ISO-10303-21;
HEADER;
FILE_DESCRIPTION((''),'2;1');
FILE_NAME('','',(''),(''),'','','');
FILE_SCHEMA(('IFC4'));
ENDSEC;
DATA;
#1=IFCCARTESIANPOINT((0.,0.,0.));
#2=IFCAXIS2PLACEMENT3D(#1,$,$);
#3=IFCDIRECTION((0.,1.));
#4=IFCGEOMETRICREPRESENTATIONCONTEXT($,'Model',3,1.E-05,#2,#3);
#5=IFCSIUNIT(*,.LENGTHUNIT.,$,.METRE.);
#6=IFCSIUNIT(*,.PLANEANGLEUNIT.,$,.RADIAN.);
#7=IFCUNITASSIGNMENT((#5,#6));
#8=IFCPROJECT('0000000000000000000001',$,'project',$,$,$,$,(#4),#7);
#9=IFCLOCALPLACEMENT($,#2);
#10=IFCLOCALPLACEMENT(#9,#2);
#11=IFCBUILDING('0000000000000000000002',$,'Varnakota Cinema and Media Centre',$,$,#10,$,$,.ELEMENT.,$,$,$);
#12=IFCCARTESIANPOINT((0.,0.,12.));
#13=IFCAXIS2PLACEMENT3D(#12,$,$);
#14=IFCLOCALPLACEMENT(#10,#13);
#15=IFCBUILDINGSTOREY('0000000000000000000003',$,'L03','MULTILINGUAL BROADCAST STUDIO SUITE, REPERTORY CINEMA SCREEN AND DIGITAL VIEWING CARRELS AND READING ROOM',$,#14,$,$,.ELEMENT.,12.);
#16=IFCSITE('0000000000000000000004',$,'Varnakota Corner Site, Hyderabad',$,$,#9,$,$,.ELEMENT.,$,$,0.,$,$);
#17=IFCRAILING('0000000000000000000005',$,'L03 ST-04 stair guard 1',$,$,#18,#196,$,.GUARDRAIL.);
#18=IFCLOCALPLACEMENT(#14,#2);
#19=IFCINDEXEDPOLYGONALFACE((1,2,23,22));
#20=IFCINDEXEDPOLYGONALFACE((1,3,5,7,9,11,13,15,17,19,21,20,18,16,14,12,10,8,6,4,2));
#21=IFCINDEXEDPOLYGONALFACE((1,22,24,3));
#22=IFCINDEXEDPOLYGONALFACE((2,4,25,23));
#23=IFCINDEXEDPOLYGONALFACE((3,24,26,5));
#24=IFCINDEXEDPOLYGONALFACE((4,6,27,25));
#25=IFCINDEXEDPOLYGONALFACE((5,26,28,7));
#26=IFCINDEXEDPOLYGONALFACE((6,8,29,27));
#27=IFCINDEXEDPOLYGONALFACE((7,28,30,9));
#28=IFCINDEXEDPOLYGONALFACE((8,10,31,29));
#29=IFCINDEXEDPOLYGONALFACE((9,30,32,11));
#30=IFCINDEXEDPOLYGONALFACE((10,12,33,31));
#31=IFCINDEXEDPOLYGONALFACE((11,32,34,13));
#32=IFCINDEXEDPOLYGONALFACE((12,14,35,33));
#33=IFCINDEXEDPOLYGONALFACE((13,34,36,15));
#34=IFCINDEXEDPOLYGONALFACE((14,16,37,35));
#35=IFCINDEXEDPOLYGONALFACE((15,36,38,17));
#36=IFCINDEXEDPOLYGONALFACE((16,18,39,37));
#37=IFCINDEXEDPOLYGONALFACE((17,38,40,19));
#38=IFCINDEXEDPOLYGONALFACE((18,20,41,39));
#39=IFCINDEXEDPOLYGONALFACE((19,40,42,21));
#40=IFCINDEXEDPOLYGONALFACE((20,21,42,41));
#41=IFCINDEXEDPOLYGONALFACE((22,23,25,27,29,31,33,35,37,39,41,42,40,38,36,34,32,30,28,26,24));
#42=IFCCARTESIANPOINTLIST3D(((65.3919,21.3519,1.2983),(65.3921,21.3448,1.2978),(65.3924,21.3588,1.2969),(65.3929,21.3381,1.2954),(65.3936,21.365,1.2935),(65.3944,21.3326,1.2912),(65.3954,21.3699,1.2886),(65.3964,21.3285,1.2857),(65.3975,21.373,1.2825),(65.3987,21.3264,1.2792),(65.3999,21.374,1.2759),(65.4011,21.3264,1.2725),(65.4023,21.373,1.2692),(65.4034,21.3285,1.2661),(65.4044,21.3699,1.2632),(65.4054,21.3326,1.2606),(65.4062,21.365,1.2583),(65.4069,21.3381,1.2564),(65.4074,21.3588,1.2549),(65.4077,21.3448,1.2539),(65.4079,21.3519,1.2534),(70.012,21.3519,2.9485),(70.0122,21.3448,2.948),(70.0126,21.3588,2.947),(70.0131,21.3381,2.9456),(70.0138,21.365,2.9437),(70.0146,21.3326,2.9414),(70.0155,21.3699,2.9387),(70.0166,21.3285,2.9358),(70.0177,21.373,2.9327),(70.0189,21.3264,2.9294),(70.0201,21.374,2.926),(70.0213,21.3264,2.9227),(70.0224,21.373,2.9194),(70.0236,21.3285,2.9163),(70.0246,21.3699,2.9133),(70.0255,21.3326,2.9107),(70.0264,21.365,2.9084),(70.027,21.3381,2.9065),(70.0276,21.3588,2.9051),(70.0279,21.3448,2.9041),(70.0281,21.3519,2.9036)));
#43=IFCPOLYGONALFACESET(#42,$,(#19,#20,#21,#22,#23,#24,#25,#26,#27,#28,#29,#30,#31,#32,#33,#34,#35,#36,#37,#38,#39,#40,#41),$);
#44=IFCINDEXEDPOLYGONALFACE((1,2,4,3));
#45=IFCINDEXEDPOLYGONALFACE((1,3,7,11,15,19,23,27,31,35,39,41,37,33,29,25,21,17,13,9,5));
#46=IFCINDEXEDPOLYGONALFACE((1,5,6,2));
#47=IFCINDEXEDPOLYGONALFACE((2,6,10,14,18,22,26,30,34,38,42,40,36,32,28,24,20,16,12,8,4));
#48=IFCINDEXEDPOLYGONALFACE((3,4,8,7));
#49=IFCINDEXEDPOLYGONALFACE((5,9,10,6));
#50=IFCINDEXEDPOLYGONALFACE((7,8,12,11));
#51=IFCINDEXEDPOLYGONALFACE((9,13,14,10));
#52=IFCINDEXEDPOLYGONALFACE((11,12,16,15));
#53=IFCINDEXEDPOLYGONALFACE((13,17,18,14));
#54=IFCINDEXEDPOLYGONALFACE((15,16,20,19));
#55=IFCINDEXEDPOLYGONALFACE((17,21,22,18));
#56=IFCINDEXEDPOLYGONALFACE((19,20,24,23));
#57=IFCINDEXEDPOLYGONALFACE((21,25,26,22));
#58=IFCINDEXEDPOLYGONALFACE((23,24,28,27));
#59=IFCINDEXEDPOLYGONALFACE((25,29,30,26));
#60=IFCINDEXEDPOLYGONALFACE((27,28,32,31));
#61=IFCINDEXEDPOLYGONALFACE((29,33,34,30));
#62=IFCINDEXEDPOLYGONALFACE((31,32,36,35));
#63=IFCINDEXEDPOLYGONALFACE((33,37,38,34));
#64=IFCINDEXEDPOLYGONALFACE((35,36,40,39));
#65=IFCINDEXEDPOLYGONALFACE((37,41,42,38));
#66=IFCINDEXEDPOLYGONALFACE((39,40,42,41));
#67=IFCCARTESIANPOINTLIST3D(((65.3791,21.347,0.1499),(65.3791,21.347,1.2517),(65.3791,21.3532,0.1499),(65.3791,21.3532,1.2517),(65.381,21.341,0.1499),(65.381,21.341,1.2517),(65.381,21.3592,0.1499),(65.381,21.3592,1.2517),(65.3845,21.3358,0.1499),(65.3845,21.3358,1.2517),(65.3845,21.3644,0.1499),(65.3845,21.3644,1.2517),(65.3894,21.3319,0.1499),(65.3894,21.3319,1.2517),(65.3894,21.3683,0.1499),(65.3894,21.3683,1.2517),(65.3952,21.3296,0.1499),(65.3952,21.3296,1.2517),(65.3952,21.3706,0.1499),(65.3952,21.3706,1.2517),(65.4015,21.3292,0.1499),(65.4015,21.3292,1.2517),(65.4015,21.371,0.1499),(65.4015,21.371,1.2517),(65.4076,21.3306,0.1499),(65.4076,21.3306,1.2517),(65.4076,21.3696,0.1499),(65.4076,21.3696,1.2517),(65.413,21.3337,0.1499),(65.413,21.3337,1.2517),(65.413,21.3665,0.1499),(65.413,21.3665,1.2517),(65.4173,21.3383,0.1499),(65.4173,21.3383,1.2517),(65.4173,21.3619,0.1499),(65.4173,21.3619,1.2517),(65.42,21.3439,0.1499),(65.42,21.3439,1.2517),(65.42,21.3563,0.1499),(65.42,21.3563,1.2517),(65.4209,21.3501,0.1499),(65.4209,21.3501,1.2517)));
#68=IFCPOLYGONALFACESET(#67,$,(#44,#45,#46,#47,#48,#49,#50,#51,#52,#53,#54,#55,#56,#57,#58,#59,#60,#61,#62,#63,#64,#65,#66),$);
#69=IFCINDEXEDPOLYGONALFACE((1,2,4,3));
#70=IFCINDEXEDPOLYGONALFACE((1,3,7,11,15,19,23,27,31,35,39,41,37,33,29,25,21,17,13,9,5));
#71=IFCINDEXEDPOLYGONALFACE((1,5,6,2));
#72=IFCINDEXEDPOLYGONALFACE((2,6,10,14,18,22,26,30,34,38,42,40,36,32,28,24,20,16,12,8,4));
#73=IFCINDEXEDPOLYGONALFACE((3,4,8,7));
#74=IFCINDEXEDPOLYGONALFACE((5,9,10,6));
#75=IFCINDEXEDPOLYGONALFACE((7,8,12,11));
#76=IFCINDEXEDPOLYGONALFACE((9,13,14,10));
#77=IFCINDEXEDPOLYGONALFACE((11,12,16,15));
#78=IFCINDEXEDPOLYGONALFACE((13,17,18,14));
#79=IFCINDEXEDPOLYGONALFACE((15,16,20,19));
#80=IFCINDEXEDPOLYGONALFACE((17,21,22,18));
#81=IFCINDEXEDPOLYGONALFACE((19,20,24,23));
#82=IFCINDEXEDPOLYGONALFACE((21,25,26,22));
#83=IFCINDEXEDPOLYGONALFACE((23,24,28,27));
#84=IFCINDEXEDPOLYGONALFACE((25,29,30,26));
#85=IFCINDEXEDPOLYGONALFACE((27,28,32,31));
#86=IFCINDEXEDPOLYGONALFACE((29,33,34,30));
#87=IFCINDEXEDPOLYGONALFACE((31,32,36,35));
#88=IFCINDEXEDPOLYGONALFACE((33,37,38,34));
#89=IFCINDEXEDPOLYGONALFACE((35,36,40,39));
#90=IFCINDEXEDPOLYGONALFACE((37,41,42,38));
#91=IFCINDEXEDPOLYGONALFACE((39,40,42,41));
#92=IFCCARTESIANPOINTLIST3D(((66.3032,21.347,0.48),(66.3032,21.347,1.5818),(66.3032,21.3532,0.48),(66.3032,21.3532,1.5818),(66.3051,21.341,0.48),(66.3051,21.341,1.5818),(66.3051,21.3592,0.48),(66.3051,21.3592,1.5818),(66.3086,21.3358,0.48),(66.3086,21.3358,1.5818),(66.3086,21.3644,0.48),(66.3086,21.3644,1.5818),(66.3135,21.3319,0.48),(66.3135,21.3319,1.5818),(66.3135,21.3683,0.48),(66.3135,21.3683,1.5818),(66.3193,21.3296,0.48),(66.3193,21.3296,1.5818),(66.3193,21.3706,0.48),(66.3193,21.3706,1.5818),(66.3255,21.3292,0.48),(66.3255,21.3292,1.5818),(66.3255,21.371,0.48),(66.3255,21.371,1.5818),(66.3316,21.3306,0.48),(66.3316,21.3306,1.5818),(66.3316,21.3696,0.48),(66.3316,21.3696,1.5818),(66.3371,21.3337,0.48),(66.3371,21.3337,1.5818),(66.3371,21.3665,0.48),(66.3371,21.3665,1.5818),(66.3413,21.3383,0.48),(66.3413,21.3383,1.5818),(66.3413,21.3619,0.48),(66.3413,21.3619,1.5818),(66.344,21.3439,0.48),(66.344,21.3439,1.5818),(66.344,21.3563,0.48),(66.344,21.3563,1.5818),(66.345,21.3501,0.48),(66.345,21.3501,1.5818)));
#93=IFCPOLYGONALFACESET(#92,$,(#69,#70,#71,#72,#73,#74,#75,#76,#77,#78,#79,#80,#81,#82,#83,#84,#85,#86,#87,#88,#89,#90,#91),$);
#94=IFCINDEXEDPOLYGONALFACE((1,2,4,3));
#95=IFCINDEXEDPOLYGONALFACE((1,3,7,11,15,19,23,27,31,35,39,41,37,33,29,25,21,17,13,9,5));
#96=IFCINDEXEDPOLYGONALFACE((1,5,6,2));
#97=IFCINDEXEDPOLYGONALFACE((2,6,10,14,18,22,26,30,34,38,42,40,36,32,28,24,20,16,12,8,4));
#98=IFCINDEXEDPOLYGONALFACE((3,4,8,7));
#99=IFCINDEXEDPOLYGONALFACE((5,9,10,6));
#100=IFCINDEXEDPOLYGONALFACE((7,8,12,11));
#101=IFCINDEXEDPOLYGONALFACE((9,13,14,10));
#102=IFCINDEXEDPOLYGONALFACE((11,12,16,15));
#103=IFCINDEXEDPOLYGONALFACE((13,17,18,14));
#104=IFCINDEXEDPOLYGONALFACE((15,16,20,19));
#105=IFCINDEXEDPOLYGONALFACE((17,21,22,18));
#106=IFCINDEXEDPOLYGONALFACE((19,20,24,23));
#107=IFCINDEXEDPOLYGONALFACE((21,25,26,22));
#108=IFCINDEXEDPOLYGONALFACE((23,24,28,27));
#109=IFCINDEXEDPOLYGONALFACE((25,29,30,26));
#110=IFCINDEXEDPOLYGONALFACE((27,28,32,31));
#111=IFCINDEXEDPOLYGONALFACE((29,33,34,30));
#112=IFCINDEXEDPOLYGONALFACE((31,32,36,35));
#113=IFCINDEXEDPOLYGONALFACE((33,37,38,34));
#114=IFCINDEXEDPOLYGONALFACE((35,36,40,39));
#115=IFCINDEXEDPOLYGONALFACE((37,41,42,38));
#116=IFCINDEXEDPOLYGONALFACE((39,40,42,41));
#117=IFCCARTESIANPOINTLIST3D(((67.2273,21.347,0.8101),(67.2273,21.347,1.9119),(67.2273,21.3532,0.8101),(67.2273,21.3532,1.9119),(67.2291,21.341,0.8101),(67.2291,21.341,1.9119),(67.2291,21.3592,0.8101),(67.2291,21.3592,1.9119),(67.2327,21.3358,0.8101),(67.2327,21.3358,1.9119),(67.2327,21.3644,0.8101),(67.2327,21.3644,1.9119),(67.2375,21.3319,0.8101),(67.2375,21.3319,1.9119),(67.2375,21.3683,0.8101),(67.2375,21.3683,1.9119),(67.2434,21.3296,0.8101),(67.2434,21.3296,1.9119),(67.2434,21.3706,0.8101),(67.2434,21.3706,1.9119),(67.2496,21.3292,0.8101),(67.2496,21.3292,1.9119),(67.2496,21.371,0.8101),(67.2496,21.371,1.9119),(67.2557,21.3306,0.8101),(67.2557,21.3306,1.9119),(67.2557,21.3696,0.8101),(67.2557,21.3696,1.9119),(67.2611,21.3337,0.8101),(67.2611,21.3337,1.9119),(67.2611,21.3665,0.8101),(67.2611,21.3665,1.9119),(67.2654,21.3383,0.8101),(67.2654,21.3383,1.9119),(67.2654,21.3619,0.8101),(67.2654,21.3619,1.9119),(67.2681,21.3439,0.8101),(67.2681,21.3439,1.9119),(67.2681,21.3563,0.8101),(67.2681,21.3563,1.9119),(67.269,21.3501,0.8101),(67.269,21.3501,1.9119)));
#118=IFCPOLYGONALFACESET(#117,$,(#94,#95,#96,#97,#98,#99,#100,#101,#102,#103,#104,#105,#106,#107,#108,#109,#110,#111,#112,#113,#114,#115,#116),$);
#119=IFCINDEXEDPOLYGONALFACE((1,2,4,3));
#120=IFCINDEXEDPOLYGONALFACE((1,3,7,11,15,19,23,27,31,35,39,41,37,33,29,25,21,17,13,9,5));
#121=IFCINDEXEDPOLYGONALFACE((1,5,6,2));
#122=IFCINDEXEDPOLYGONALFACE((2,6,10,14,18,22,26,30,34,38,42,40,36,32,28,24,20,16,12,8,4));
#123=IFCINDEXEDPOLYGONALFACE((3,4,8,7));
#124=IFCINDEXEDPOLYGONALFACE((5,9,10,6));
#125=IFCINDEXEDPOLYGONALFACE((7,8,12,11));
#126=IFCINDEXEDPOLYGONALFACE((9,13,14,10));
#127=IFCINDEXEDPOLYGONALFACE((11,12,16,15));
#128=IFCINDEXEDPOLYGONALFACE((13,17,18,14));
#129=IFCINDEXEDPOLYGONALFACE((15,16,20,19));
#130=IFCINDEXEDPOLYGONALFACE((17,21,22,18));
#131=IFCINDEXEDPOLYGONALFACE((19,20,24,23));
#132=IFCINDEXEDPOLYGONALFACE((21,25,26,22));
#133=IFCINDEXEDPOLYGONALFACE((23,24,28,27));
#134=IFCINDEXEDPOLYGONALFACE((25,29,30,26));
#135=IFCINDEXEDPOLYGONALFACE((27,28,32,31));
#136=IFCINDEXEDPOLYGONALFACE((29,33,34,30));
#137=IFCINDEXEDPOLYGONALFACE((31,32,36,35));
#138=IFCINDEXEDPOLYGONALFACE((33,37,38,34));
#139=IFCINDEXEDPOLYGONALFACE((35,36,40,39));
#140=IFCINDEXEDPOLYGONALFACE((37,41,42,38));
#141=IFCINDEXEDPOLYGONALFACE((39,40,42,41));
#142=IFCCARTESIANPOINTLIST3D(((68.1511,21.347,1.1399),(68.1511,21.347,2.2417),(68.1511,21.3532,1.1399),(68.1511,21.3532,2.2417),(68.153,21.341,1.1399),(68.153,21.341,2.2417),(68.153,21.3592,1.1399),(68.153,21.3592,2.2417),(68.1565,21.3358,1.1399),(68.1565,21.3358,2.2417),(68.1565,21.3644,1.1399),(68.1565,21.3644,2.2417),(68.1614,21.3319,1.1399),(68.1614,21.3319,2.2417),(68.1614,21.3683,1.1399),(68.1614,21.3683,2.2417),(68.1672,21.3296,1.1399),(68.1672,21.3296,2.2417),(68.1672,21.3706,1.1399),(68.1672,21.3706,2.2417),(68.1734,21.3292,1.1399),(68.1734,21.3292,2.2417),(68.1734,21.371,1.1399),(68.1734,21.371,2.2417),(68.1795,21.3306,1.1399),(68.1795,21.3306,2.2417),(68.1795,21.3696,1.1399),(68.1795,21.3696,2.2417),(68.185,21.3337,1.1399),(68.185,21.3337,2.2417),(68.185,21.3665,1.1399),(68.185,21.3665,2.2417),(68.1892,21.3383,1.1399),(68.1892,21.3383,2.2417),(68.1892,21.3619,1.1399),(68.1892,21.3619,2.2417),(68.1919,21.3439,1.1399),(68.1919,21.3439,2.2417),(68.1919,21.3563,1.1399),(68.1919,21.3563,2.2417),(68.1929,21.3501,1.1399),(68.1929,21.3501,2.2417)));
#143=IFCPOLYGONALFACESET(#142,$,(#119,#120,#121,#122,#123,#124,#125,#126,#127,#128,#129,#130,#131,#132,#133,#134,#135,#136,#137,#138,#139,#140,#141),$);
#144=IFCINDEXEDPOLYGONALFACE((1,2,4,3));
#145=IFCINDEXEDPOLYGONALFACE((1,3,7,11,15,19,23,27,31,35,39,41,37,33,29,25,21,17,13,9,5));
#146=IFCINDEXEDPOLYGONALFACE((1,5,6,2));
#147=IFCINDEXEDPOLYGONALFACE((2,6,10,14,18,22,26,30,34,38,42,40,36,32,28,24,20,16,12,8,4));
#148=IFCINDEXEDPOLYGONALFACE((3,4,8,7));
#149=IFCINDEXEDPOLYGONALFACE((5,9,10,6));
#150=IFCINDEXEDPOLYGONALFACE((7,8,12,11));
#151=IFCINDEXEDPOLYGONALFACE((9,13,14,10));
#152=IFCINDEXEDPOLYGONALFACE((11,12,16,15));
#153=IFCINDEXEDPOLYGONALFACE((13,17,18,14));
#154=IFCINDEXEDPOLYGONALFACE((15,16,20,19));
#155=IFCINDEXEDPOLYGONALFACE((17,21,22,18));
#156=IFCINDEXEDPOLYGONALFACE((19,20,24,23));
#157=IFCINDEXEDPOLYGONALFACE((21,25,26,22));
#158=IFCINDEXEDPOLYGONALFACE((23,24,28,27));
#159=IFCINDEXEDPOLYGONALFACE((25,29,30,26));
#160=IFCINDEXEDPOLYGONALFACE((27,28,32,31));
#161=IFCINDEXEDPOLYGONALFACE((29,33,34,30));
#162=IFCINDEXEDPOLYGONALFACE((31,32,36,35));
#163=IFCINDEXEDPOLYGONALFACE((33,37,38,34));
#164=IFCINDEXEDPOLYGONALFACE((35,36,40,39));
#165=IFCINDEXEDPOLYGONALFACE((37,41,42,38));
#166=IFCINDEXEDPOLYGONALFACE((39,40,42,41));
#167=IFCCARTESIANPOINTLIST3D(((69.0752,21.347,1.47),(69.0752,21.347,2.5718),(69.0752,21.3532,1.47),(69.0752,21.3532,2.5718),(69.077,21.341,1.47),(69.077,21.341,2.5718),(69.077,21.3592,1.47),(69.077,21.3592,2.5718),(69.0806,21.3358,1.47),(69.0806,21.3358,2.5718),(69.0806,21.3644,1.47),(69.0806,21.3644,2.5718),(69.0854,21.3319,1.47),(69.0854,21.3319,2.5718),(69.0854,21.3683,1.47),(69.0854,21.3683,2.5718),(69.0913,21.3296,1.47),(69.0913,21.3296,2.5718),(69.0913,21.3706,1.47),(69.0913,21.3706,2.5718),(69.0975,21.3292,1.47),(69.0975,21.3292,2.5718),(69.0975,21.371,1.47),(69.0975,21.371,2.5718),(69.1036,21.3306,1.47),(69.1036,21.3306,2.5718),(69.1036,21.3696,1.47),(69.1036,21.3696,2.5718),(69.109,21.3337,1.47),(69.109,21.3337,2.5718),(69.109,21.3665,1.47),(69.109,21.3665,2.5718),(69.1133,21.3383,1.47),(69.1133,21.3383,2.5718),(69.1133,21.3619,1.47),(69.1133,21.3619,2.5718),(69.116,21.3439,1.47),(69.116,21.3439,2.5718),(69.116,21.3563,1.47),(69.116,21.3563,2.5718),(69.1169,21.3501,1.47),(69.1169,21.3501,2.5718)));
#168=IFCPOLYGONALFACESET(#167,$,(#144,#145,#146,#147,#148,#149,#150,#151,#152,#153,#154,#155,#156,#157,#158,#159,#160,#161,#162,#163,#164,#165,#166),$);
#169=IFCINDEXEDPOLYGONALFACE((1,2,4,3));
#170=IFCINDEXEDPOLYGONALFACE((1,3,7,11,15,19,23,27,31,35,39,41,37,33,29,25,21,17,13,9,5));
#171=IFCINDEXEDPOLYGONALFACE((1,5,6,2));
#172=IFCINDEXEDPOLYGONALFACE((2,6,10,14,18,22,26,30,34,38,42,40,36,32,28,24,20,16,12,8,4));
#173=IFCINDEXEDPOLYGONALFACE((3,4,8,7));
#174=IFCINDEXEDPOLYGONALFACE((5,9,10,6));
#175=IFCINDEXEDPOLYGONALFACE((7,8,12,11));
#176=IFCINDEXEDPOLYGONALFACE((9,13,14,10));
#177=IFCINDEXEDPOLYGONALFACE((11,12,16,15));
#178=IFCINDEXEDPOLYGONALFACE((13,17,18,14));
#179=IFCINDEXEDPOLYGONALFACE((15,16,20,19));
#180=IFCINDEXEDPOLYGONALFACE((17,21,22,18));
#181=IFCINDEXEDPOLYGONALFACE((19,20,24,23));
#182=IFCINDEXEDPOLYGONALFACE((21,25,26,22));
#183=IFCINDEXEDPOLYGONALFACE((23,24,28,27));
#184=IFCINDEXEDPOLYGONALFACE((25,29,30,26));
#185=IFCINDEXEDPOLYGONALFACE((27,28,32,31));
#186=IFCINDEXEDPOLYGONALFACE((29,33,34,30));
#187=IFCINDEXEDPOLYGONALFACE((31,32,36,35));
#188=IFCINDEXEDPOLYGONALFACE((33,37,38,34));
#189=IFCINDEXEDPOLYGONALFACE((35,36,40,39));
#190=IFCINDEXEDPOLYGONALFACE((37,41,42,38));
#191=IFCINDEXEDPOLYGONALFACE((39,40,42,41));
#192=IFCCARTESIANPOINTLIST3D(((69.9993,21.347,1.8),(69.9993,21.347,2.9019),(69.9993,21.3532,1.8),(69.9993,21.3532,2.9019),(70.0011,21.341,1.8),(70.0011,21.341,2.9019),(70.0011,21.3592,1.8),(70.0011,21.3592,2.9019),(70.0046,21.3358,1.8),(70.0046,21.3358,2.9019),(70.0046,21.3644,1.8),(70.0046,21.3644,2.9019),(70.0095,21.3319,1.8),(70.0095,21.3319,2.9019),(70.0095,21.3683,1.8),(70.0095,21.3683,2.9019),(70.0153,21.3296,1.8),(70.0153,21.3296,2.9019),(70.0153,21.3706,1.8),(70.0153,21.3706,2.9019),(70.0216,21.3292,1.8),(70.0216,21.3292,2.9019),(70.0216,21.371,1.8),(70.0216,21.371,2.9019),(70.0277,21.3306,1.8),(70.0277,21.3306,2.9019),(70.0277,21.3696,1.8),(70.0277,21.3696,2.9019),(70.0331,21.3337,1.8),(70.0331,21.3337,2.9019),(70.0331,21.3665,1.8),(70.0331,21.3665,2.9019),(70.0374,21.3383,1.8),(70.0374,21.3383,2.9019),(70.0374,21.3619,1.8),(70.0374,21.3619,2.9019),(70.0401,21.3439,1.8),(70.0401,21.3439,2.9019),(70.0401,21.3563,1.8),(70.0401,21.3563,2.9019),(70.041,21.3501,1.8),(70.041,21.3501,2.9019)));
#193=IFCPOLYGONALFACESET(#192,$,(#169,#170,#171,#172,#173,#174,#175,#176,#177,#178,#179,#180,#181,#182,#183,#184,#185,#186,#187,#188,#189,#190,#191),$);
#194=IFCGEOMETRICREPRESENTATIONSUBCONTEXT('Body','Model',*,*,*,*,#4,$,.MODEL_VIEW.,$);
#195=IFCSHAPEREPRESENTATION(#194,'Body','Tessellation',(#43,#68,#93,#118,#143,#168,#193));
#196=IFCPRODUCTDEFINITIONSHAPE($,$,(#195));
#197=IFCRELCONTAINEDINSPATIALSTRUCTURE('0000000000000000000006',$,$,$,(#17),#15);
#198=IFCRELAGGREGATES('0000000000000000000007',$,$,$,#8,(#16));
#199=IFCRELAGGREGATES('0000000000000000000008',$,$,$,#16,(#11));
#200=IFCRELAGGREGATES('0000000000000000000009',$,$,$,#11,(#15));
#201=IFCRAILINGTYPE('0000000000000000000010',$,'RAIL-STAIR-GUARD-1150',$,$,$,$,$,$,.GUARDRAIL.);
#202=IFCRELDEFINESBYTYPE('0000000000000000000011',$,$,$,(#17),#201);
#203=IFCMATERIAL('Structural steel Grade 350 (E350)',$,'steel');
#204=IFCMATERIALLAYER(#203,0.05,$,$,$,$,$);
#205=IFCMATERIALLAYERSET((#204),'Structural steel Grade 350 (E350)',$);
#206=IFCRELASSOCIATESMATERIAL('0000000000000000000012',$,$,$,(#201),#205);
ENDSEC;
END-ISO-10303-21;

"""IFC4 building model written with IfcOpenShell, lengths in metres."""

from ifc_helpers import new_model, si_unit, direction, frame, origin, origin_2d, place, context, subcontext, project, spatial, circle, extrude, material, layer, layer_set, type_object, element, save


model = new_model("IFC4")

# Units and contexts
model_context = context("Model", 3, precision=1e-05, world=origin(), true_north=direction((0.0, 1.0)))
body_context = subcontext(model_context, "Body", "Model", "MODEL_VIEW")
ifc_project = project(units=[si_unit("LENGTHUNIT", "METRE"), si_unit("PLANEANGLEUNIT", "RADIAN")], contexts=[model_context])

# Site, building, storey
site_placement = place(None, origin())
site = spatial("IfcSite", under=ifc_project, at=site_placement, Name="Varnakota Corner Site, Hyderabad", CompositionType="ELEMENT", RefElevation=0.0)
building_placement = place(site_placement, origin())
building = spatial("IfcBuilding", under=site, at=building_placement, Name="Varnakota Cinema and Media Centre", CompositionType="ELEMENT")
storey_placement = place(building_placement, frame((0.0, 0.0, 12.0)))
storey = spatial("IfcBuildingStorey", under=building, at=storey_placement, Name="L03", Description="MULTILINGUAL BROADCAST STUDIO SUITE, REPERTORY CINEMA SCREEN AND DIGITAL VIEWING CARRELS AND READING ROOM", CompositionType="ELEMENT", Elevation=12.0)

# Railing
ifc_material_1 = material(Name="Structural steel Grade 350 (E350)", Category="steel")
ifc_layer_1 = layer(ifc_material_1, 0.05)
ifc_layer_set_1 = layer_set([ifc_layer_1], Name="Structural steel Grade 350 (E350)")
railing_type_1 = type_object("IfcRailingType", Name="RAIL-STAIR-GUARD-1150", PredefinedType="GUARDRAIL", material=ifc_layer_set_1)
railing_1_placement = place(storey_placement, frame((65.3999, 21.3501, 0.1499)))
element("IfcRailing", 1, at=railing_1_placement, inside=storey, type_object=railing_type_1, Name="L03 ST-04 stair guard 1", PredefinedType="GUARDRAIL", context=body_context, shape_type="SweptSolid", body=[
    extrude(circle(Radius=0.0239, at=origin_2d()), frame((0.0, 0.0, 1.126), z_axis=(0.941735, 0.0, 0.336355), x_axis=(0.0, 1.0, 0.0)), (0.0, 0.0, 1.0), 4.906),
    extrude(circle(Radius=0.021, at=origin_2d()), origin(), (0.0, 0.0, 1.0), 1.1018),
    extrude(circle(Radius=0.021, at=origin_2d()), frame((0.9241, 0.0, 0.3301)), (0.0, 0.0, 1.0), 1.1018),
    extrude(circle(Radius=0.021, at=origin_2d()), frame((1.8481, 0.0, 0.6602)), (0.0, 0.0, 1.0), 1.1018),
    extrude(circle(Radius=0.021, at=origin_2d()), frame((2.772, 0.0, 0.99)), (0.0, 0.0, 1.0), 1.1018),
    extrude(circle(Radius=0.021, at=origin_2d()), frame((3.696, 0.0, 1.3201)), (0.0, 0.0, 1.0), 1.1018),
    extrude(circle(Radius=0.021, at=origin_2d()), frame((4.6201, 0.0, 1.6501)), (0.0, 0.0, 1.0), 1.1018),
])

save(model, "model.ifc")
